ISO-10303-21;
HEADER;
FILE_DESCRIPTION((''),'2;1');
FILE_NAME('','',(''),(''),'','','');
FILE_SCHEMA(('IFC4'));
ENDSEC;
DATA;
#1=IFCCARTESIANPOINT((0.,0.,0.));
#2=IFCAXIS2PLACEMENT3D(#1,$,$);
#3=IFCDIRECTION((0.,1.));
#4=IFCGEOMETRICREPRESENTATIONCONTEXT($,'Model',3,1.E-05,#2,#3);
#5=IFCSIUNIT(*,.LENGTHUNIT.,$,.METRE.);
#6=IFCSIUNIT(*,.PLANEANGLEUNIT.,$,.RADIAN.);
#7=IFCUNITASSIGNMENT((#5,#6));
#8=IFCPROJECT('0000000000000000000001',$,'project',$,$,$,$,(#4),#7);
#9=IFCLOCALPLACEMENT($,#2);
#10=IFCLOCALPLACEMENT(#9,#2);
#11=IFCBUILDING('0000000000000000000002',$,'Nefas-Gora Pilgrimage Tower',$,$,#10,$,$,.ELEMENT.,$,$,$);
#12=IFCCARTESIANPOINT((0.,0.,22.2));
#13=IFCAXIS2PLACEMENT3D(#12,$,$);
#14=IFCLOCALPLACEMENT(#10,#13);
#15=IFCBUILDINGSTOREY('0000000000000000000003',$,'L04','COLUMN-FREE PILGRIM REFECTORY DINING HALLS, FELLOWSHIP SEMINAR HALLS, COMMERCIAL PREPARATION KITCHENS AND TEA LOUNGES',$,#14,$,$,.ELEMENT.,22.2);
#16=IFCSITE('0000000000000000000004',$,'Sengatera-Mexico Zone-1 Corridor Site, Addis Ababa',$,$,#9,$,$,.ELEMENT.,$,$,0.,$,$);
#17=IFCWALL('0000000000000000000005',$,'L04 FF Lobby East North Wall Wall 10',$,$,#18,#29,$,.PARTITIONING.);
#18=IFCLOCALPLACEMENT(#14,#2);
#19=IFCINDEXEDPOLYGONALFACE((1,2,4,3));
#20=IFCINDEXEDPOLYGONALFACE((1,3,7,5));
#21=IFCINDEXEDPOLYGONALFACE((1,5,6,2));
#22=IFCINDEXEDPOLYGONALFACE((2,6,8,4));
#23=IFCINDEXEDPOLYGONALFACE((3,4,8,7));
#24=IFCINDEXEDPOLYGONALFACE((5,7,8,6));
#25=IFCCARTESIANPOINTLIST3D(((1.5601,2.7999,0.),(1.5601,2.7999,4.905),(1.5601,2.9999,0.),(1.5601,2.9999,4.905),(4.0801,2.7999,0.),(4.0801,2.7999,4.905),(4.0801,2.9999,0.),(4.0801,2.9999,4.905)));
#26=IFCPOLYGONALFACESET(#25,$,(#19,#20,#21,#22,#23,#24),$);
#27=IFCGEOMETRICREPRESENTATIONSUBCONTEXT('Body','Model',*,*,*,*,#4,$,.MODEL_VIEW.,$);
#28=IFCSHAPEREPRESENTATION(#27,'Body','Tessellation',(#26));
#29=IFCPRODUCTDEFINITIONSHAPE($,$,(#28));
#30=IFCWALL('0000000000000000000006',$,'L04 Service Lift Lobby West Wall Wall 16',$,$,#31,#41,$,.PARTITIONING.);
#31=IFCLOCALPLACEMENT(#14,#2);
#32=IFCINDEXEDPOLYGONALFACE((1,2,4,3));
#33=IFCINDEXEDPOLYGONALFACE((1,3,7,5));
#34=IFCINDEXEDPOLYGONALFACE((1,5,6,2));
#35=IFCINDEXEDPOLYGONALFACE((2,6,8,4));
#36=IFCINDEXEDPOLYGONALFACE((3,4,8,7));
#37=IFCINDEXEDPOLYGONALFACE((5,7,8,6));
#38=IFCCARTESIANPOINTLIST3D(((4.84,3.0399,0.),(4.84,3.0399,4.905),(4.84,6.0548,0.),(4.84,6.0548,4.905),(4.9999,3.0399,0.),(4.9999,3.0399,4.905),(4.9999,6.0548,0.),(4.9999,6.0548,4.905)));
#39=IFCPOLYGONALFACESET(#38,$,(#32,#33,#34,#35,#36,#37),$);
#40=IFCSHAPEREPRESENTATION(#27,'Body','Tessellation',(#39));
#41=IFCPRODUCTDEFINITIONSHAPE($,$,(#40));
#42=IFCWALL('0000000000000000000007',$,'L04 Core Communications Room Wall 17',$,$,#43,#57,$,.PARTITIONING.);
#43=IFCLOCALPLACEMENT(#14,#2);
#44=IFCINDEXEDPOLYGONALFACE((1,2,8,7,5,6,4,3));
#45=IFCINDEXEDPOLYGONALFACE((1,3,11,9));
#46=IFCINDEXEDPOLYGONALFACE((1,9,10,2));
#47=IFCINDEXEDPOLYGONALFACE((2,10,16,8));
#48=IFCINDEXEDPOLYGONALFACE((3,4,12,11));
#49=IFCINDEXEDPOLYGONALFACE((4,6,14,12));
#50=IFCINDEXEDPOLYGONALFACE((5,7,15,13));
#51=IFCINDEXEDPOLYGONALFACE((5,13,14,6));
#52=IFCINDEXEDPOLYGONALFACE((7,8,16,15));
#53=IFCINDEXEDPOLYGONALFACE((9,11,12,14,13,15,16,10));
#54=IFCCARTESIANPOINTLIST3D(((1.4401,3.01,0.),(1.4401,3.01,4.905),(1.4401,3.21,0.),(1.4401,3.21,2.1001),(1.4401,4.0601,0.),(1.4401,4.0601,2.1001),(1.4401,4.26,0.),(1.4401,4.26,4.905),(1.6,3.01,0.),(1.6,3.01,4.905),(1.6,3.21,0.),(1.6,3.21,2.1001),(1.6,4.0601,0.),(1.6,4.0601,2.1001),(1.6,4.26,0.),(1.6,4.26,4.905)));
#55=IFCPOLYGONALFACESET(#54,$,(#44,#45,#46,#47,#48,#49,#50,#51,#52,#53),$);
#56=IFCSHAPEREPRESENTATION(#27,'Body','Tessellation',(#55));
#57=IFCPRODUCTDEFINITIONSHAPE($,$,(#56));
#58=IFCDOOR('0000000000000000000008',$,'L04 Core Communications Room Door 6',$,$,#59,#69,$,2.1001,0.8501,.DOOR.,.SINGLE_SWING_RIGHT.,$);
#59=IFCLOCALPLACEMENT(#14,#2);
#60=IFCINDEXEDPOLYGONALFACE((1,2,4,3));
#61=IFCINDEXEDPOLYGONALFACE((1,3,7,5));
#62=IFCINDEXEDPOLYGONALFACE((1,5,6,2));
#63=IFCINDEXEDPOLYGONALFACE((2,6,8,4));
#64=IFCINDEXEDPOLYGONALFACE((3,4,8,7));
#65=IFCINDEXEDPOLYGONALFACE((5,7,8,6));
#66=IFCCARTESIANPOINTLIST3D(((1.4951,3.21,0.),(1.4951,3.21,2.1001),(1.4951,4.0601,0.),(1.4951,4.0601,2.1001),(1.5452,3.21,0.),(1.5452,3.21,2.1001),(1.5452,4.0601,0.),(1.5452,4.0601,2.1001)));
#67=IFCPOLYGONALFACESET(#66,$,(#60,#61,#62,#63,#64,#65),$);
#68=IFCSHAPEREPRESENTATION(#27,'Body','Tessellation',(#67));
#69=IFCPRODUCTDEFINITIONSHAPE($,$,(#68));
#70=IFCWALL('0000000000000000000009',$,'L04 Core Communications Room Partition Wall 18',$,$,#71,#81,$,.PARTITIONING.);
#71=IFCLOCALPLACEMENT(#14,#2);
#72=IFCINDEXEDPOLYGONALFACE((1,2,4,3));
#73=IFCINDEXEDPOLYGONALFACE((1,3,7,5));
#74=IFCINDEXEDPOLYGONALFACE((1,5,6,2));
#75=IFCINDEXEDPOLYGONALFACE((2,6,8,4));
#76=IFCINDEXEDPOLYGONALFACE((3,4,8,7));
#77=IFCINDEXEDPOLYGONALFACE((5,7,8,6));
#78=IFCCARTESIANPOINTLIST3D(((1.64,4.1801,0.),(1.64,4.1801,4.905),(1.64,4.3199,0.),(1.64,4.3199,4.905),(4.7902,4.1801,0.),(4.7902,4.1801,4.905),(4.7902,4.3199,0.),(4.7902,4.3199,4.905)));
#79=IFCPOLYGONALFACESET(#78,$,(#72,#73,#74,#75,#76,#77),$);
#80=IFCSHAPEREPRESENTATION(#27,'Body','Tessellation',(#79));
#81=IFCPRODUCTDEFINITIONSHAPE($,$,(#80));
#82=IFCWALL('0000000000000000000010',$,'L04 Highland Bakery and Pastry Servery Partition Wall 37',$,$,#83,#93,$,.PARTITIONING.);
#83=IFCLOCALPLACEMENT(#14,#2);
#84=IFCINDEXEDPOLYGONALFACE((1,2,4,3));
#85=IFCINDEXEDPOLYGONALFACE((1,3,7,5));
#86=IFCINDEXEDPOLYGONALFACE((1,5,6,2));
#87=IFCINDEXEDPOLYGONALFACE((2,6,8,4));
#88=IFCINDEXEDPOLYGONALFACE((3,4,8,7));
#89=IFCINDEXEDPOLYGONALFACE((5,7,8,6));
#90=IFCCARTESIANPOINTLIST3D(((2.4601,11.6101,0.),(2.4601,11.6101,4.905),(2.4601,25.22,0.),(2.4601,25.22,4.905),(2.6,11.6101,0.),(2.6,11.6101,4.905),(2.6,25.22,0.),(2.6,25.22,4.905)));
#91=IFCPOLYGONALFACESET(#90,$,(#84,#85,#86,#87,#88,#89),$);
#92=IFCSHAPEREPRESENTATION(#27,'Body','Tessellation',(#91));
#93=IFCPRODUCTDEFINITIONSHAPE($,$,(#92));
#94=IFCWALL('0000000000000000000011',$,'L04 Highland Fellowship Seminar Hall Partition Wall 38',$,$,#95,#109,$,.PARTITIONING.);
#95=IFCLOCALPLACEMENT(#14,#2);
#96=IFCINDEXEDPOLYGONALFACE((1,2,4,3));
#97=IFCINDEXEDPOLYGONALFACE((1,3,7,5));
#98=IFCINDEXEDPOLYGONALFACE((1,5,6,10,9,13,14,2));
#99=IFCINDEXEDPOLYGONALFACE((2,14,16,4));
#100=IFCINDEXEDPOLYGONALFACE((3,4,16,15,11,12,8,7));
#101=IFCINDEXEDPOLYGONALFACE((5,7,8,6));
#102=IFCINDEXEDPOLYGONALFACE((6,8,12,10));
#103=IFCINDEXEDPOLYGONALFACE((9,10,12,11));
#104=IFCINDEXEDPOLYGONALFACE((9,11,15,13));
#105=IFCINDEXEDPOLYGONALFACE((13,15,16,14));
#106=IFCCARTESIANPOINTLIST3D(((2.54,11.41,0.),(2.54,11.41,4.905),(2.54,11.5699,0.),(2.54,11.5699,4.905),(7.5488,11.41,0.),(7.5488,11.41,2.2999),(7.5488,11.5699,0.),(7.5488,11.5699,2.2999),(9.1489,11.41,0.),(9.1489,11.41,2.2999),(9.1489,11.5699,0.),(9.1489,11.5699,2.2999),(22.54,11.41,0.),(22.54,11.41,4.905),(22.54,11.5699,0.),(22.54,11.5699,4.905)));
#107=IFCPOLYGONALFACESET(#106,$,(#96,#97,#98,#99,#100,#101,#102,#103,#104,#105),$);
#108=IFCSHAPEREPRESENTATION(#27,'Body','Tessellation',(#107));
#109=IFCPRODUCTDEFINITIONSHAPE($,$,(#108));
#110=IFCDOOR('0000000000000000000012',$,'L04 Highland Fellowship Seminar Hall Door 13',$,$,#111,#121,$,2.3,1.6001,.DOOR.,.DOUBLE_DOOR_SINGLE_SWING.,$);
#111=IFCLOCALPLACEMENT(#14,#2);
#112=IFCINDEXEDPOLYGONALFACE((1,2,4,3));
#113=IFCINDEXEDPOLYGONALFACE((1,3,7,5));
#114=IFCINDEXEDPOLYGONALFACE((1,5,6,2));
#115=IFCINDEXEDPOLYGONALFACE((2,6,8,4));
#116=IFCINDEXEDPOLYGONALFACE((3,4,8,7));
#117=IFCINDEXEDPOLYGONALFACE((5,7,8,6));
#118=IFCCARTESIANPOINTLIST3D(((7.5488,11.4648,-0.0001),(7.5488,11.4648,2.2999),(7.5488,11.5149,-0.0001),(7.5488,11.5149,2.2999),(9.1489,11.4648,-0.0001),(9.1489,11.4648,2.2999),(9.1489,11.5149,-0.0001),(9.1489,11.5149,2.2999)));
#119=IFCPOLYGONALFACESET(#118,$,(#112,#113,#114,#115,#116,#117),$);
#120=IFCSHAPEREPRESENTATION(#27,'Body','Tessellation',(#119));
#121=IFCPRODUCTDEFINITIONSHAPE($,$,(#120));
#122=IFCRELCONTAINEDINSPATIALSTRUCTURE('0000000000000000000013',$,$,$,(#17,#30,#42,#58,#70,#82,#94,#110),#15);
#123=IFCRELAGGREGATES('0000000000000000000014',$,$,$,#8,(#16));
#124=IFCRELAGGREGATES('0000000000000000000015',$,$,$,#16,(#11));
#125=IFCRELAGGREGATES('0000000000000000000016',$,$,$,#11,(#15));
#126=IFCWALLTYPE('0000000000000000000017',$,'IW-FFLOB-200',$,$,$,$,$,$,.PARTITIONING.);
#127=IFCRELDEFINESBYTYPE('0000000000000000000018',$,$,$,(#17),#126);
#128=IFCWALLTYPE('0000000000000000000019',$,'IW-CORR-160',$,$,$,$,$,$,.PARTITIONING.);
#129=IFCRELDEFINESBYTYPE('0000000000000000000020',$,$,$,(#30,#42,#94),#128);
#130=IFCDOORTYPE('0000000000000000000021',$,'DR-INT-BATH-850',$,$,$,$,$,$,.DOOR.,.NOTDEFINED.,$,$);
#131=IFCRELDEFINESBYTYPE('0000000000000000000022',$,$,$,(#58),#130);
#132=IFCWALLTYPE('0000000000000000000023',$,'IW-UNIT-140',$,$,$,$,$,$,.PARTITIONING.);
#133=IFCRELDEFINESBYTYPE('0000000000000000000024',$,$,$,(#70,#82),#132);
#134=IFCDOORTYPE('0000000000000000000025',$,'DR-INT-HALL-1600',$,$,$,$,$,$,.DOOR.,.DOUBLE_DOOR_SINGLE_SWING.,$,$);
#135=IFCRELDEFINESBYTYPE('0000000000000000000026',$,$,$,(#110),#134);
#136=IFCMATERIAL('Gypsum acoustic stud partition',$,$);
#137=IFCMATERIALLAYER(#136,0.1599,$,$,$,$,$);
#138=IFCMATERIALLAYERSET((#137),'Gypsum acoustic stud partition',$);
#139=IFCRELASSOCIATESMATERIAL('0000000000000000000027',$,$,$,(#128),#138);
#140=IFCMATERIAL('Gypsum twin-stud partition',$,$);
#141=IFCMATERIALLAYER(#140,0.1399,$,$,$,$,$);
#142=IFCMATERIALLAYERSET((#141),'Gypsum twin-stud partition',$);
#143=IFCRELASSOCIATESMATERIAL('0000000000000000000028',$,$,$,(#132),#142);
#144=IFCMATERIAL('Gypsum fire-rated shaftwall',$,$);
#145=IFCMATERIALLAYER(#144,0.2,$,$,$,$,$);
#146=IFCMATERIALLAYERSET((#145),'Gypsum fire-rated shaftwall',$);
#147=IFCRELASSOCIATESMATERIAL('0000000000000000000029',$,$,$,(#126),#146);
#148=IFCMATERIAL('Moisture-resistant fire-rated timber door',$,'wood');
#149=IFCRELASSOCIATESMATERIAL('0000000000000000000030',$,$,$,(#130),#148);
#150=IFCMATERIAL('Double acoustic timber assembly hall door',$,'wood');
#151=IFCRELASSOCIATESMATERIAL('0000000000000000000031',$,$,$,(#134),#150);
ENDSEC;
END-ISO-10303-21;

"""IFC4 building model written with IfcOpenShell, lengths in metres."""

from ifc_helpers import new_model, si_unit, direction, frame, frame_2d, origin, place, context, subcontext, project, spatial, rectangle, extrude, source, transform, mapped, material, layer, layer_set, type_object, element, fill, save


model = new_model("IFC4")

# Units and contexts
model_context = context("Model", 3, precision=1e-05, world=origin(), true_north=direction((0.0, 1.0)))
body_context = subcontext(model_context, "Body", "Model", "MODEL_VIEW")
ifc_project = project(units=[si_unit("LENGTHUNIT", "METRE"), si_unit("PLANEANGLEUNIT", "RADIAN")], contexts=[model_context])

# Site, building, storey
site_placement = place(None, origin())
site = spatial("IfcSite", under=ifc_project, at=site_placement, Name="Sengatera-Mexico Zone-1 Corridor Site, Addis Ababa", CompositionType="ELEMENT", RefElevation=0.0)
building_placement = place(site_placement, origin())
building = spatial("IfcBuilding", under=site, at=building_placement, Name="Nefas-Gora Pilgrimage Tower", CompositionType="ELEMENT")
storey_placement = place(building_placement, frame((0.0, 0.0, 22.2)))
storey = spatial("IfcBuildingStorey", under=building, at=storey_placement, Name="L04", Description="COLUMN-FREE PILGRIM REFECTORY DINING HALLS, FELLOWSHIP SEMINAR HALLS, COMMERCIAL PREPARATION KITCHENS AND TEA LOUNGES", CompositionType="ELEMENT", Elevation=22.2)

# Wall
ifc_material_1 = material(Name="Gypsum acoustic stud partition")
ifc_layer_1 = layer(ifc_material_1, 0.1599)
ifc_layer_set_1 = layer_set([ifc_layer_1], Name="Gypsum acoustic stud partition")
wall_type_1 = type_object("IfcWallType", Name="IW-CORR-160", PredefinedType="PARTITIONING", material=ifc_layer_set_1)
ifc_material_2 = material(Name="Gypsum twin-stud partition")
ifc_layer_2 = layer(ifc_material_2, 0.1399)
ifc_layer_set_2 = layer_set([ifc_layer_2], Name="Gypsum twin-stud partition")
wall_type_2 = type_object("IfcWallType", Name="IW-UNIT-140", PredefinedType="PARTITIONING", material=ifc_layer_set_2)
ifc_material_3 = material(Name="Gypsum fire-rated shaftwall")
ifc_layer_3 = layer(ifc_material_3, 0.2)
ifc_layer_set_3 = layer_set([ifc_layer_3], Name="Gypsum fire-rated shaftwall")
wall_type_3 = type_object("IfcWallType", Name="IW-FFLOB-200", PredefinedType="PARTITIONING", material=ifc_layer_set_3)
shared_shape_1 = source(origin(), body_context, "Body", "SweptSolid", [
    extrude(rectangle(XDim=2.52, YDim=0.2, at=frame_2d((1.26, 0.0))), origin(), (0.0, 0.0, 1.0), 4.905),
])
wall_1_placement = place(storey_placement, frame((1.5601, 2.8999, 0.0), z_axis=(0.0, 0.0, 1.0), x_axis=(1.0, 0.0, 0.0)))
element("IfcWall", 1, at=wall_1_placement, inside=storey, type_object=wall_type_3, Name="L04 FF Lobby East North Wall Wall 10", PredefinedType="PARTITIONING", context=body_context, shape_type="MappedRepresentation", body=[
    mapped(shared_shape_1, transform((0.0, 0.0, 0.0), x_axis=(1.0, 0.0, 0.0), y_axis=(0.0, 1.0, 0.0), z_axis=(0.0, 0.0, 1.0), scale=1.0)),
])

# Wall
shared_shape_2 = source(origin(), body_context, "Body", "SweptSolid", [
    extrude(rectangle(XDim=3.0149, YDim=0.1599, at=frame_2d((1.5073, 0.0))), origin(), (0.0, 0.0, 1.0), 4.905),
])
wall_2_placement = place(storey_placement, frame((4.9199, 3.04, 0.0), z_axis=(0.0, 0.0, 1.0), x_axis=(0.0, 1.0, 0.0)))
element("IfcWall", 2, at=wall_2_placement, inside=storey, type_object=wall_type_1, Name="L04 Service Lift Lobby West Wall Wall 16", PredefinedType="PARTITIONING", context=body_context, shape_type="MappedRepresentation", body=[
    mapped(shared_shape_2, transform((0.0, 0.0, 0.0), x_axis=(1.0, 0.0, 0.0), y_axis=(0.0, 1.0, 0.0), z_axis=(0.0, 0.0, 1.0), scale=1.0)),
])

# Wall, opening, door
shared_shape_3 = source(origin(), body_context, "Body", "SweptSolid", [
    extrude(rectangle(XDim=1.25, YDim=0.1599, at=frame_2d((0.625, 0.0))), origin(), (0.0, 0.0, 1.0), 4.905),
])
wall_3_placement = place(storey_placement, frame((1.52, 3.01, 0.0), z_axis=(0.0, 0.0, 1.0), x_axis=(0.0, 1.0, 0.0)))
wall_3 = element("IfcWall", 3, at=wall_3_placement, inside=storey, type_object=wall_type_1, Name="L04 Core Communications Room Wall 17", PredefinedType="PARTITIONING", context=body_context, shape_type="MappedRepresentation", body=[
    mapped(shared_shape_3, transform((0.0, 0.0, 0.0), x_axis=(1.0, 0.0, 0.0), y_axis=(0.0, 1.0, 0.0), z_axis=(0.0, 0.0, 1.0), scale=1.0)),
])
opening_1_placement = place(wall_3_placement, frame((0.2, 0.0, 0.0)))
opening_1 = element("IfcOpeningElement", 4, at=opening_1_placement, cuts=wall_3, PredefinedType="OPENING", context=body_context, shape_type="SweptSolid", body=[
    extrude(rectangle(XDim=0.8501, YDim=2.1001, at=frame_2d((0.425, 1.05))), frame((0.0, 0.0898, 0.0), z_axis=(0.0, -1.0, 0.0), x_axis=(1.0, 0.0, 0.0)), (0.0, 0.0, 1.0), 0.1799),
])
ifc_material_4 = material(Name="Moisture-resistant fire-rated timber door", Category="wood")
door_type_1 = type_object("IfcDoorType", Name="DR-INT-BATH-850", OperationType="NOTDEFINED", PredefinedType="DOOR", material=ifc_material_4)
shared_shape_4 = source(origin(), body_context, "Body", "SweptSolid", [
    extrude(rectangle(XDim=0.8501, YDim=2.1001, at=frame_2d((0.425, 1.05))), frame((0.0, 0.0249, 0.0), z_axis=(0.0, -1.0, 0.0), x_axis=(1.0, 0.0, 0.0)), (0.0, 0.0, 1.0), 0.05),
])
door_1_placement = place(opening_1_placement, origin())
door_1 = element("IfcDoor", 5, at=door_1_placement, inside=storey, type_object=door_type_1, Name="L04 Core Communications Room Door 6", OperationType="SINGLE_SWING_RIGHT", OverallHeight=2.1001, OverallWidth=0.8501, PredefinedType="DOOR", context=body_context, shape_type="MappedRepresentation", body=[
    mapped(shared_shape_4, transform((0.0, 0.0, 0.0), x_axis=(1.0, 0.0, 0.0), y_axis=(0.0, 1.0, 0.0), z_axis=(0.0, 0.0, 1.0), scale=1.0)),
])
fill(opening_1, door_1)

# Walls
shared_shape_5 = source(origin(), body_context, "Body", "SweptSolid", [
    extrude(rectangle(XDim=3.1501, YDim=0.1399, at=frame_2d((1.5752, 0.0))), origin(), (0.0, 0.0, 1.0), 4.905),
])
wall_4_placement = place(storey_placement, frame((1.6399, 4.25, 0.0), z_axis=(0.0, 0.0, 1.0), x_axis=(1.0, 0.0, 0.0)))
element("IfcWall", 6, at=wall_4_placement, inside=storey, type_object=wall_type_2, Name="L04 Core Communications Room Partition Wall 18", PredefinedType="PARTITIONING", context=body_context, shape_type="MappedRepresentation", body=[
    mapped(shared_shape_5, transform((0.0, 0.0, 0.0), x_axis=(1.0, 0.0, 0.0), y_axis=(0.0, 1.0, 0.0), z_axis=(0.0, 0.0, 1.0), scale=1.0)),
])
shared_shape_6 = source(origin(), body_context, "Body", "SweptSolid", [
    extrude(rectangle(XDim=13.6099, YDim=0.1399, at=frame_2d((6.8049, 0.0))), origin(), (0.0, 0.0, 1.0), 4.905),
])
wall_5_placement = place(storey_placement, frame((2.53, 11.6101, 0.0), z_axis=(0.0, 0.0, 1.0), x_axis=(0.0, 1.0, 0.0)))
element("IfcWall", 7, at=wall_5_placement, inside=storey, type_object=wall_type_2, Name="L04 Highland Bakery and Pastry Servery Partition Wall 37", PredefinedType="PARTITIONING", context=body_context, shape_type="MappedRepresentation", body=[
    mapped(shared_shape_6, transform((0.0, 0.0, 0.0), x_axis=(1.0, 0.0, 0.0), y_axis=(0.0, 1.0, 0.0), z_axis=(0.0, 0.0, 1.0), scale=1.0)),
])

# Wall, opening, door
shared_shape_7 = source(origin(), body_context, "Body", "SweptSolid", [
    extrude(rectangle(XDim=20.0, YDim=0.1599, at=frame_2d((10.0, 0.0))), origin(), (0.0, 0.0, 1.0), 4.905),
])
wall_6_placement = place(storey_placement, frame((2.54, 11.49, 0.0), z_axis=(0.0, 0.0, 1.0), x_axis=(1.0, 0.0, 0.0)))
wall_6 = element("IfcWall", 8, at=wall_6_placement, inside=storey, type_object=wall_type_1, Name="L04 Highland Fellowship Seminar Hall Partition Wall 38", PredefinedType="PARTITIONING", context=body_context, shape_type="MappedRepresentation", body=[
    mapped(shared_shape_7, transform((0.0, 0.0, 0.0), x_axis=(1.0, 0.0, 0.0), y_axis=(0.0, 1.0, 0.0), z_axis=(0.0, 0.0, 1.0), scale=1.0)),
])
opening_2_placement = place(wall_6_placement, frame((5.0088, 0.0, 0.0)))
opening_2 = element("IfcOpeningElement", 9, at=opening_2_placement, cuts=wall_6, PredefinedType="OPENING", context=body_context, shape_type="SweptSolid", body=[
    extrude(rectangle(XDim=1.6001, YDim=2.3, at=frame_2d((0.8, 1.1499))), frame((0.0, 0.0898, 0.0), z_axis=(0.0, -1.0, 0.0), x_axis=(1.0, 0.0, 0.0)), (0.0, 0.0, 1.0), 0.1799),
])
ifc_material_5 = material(Name="Double acoustic timber assembly hall door", Category="wood")
door_type_2 = type_object("IfcDoorType", Name="DR-INT-HALL-1600", OperationType="DOUBLE_DOOR_SINGLE_SWING", PredefinedType="DOOR", material=ifc_material_5)
shared_shape_8 = source(origin(), body_context, "Body", "SweptSolid", [
    extrude(rectangle(XDim=1.6001, YDim=2.3, at=frame_2d((0.8, 1.1499))), frame((0.0, 0.0249, 0.0), z_axis=(0.0, -1.0, 0.0), x_axis=(1.0, 0.0, 0.0)), (0.0, 0.0, 1.0), 0.05),
])
door_2_placement = place(opening_2_placement, origin())
door_2 = element("IfcDoor", 10, at=door_2_placement, inside=storey, type_object=door_type_2, Name="L04 Highland Fellowship Seminar Hall Door 13", OperationType="DOUBLE_DOOR_SINGLE_SWING", OverallHeight=2.3, OverallWidth=1.6001, PredefinedType="DOOR", context=body_context, shape_type="MappedRepresentation", body=[
    mapped(shared_shape_8, transform((0.0, 0.0, 0.0), x_axis=(1.0, 0.0, 0.0), y_axis=(0.0, 1.0, 0.0), z_axis=(0.0, 0.0, 1.0), scale=1.0)),
])
fill(opening_2, door_2)

save(model, "model.ifc")
